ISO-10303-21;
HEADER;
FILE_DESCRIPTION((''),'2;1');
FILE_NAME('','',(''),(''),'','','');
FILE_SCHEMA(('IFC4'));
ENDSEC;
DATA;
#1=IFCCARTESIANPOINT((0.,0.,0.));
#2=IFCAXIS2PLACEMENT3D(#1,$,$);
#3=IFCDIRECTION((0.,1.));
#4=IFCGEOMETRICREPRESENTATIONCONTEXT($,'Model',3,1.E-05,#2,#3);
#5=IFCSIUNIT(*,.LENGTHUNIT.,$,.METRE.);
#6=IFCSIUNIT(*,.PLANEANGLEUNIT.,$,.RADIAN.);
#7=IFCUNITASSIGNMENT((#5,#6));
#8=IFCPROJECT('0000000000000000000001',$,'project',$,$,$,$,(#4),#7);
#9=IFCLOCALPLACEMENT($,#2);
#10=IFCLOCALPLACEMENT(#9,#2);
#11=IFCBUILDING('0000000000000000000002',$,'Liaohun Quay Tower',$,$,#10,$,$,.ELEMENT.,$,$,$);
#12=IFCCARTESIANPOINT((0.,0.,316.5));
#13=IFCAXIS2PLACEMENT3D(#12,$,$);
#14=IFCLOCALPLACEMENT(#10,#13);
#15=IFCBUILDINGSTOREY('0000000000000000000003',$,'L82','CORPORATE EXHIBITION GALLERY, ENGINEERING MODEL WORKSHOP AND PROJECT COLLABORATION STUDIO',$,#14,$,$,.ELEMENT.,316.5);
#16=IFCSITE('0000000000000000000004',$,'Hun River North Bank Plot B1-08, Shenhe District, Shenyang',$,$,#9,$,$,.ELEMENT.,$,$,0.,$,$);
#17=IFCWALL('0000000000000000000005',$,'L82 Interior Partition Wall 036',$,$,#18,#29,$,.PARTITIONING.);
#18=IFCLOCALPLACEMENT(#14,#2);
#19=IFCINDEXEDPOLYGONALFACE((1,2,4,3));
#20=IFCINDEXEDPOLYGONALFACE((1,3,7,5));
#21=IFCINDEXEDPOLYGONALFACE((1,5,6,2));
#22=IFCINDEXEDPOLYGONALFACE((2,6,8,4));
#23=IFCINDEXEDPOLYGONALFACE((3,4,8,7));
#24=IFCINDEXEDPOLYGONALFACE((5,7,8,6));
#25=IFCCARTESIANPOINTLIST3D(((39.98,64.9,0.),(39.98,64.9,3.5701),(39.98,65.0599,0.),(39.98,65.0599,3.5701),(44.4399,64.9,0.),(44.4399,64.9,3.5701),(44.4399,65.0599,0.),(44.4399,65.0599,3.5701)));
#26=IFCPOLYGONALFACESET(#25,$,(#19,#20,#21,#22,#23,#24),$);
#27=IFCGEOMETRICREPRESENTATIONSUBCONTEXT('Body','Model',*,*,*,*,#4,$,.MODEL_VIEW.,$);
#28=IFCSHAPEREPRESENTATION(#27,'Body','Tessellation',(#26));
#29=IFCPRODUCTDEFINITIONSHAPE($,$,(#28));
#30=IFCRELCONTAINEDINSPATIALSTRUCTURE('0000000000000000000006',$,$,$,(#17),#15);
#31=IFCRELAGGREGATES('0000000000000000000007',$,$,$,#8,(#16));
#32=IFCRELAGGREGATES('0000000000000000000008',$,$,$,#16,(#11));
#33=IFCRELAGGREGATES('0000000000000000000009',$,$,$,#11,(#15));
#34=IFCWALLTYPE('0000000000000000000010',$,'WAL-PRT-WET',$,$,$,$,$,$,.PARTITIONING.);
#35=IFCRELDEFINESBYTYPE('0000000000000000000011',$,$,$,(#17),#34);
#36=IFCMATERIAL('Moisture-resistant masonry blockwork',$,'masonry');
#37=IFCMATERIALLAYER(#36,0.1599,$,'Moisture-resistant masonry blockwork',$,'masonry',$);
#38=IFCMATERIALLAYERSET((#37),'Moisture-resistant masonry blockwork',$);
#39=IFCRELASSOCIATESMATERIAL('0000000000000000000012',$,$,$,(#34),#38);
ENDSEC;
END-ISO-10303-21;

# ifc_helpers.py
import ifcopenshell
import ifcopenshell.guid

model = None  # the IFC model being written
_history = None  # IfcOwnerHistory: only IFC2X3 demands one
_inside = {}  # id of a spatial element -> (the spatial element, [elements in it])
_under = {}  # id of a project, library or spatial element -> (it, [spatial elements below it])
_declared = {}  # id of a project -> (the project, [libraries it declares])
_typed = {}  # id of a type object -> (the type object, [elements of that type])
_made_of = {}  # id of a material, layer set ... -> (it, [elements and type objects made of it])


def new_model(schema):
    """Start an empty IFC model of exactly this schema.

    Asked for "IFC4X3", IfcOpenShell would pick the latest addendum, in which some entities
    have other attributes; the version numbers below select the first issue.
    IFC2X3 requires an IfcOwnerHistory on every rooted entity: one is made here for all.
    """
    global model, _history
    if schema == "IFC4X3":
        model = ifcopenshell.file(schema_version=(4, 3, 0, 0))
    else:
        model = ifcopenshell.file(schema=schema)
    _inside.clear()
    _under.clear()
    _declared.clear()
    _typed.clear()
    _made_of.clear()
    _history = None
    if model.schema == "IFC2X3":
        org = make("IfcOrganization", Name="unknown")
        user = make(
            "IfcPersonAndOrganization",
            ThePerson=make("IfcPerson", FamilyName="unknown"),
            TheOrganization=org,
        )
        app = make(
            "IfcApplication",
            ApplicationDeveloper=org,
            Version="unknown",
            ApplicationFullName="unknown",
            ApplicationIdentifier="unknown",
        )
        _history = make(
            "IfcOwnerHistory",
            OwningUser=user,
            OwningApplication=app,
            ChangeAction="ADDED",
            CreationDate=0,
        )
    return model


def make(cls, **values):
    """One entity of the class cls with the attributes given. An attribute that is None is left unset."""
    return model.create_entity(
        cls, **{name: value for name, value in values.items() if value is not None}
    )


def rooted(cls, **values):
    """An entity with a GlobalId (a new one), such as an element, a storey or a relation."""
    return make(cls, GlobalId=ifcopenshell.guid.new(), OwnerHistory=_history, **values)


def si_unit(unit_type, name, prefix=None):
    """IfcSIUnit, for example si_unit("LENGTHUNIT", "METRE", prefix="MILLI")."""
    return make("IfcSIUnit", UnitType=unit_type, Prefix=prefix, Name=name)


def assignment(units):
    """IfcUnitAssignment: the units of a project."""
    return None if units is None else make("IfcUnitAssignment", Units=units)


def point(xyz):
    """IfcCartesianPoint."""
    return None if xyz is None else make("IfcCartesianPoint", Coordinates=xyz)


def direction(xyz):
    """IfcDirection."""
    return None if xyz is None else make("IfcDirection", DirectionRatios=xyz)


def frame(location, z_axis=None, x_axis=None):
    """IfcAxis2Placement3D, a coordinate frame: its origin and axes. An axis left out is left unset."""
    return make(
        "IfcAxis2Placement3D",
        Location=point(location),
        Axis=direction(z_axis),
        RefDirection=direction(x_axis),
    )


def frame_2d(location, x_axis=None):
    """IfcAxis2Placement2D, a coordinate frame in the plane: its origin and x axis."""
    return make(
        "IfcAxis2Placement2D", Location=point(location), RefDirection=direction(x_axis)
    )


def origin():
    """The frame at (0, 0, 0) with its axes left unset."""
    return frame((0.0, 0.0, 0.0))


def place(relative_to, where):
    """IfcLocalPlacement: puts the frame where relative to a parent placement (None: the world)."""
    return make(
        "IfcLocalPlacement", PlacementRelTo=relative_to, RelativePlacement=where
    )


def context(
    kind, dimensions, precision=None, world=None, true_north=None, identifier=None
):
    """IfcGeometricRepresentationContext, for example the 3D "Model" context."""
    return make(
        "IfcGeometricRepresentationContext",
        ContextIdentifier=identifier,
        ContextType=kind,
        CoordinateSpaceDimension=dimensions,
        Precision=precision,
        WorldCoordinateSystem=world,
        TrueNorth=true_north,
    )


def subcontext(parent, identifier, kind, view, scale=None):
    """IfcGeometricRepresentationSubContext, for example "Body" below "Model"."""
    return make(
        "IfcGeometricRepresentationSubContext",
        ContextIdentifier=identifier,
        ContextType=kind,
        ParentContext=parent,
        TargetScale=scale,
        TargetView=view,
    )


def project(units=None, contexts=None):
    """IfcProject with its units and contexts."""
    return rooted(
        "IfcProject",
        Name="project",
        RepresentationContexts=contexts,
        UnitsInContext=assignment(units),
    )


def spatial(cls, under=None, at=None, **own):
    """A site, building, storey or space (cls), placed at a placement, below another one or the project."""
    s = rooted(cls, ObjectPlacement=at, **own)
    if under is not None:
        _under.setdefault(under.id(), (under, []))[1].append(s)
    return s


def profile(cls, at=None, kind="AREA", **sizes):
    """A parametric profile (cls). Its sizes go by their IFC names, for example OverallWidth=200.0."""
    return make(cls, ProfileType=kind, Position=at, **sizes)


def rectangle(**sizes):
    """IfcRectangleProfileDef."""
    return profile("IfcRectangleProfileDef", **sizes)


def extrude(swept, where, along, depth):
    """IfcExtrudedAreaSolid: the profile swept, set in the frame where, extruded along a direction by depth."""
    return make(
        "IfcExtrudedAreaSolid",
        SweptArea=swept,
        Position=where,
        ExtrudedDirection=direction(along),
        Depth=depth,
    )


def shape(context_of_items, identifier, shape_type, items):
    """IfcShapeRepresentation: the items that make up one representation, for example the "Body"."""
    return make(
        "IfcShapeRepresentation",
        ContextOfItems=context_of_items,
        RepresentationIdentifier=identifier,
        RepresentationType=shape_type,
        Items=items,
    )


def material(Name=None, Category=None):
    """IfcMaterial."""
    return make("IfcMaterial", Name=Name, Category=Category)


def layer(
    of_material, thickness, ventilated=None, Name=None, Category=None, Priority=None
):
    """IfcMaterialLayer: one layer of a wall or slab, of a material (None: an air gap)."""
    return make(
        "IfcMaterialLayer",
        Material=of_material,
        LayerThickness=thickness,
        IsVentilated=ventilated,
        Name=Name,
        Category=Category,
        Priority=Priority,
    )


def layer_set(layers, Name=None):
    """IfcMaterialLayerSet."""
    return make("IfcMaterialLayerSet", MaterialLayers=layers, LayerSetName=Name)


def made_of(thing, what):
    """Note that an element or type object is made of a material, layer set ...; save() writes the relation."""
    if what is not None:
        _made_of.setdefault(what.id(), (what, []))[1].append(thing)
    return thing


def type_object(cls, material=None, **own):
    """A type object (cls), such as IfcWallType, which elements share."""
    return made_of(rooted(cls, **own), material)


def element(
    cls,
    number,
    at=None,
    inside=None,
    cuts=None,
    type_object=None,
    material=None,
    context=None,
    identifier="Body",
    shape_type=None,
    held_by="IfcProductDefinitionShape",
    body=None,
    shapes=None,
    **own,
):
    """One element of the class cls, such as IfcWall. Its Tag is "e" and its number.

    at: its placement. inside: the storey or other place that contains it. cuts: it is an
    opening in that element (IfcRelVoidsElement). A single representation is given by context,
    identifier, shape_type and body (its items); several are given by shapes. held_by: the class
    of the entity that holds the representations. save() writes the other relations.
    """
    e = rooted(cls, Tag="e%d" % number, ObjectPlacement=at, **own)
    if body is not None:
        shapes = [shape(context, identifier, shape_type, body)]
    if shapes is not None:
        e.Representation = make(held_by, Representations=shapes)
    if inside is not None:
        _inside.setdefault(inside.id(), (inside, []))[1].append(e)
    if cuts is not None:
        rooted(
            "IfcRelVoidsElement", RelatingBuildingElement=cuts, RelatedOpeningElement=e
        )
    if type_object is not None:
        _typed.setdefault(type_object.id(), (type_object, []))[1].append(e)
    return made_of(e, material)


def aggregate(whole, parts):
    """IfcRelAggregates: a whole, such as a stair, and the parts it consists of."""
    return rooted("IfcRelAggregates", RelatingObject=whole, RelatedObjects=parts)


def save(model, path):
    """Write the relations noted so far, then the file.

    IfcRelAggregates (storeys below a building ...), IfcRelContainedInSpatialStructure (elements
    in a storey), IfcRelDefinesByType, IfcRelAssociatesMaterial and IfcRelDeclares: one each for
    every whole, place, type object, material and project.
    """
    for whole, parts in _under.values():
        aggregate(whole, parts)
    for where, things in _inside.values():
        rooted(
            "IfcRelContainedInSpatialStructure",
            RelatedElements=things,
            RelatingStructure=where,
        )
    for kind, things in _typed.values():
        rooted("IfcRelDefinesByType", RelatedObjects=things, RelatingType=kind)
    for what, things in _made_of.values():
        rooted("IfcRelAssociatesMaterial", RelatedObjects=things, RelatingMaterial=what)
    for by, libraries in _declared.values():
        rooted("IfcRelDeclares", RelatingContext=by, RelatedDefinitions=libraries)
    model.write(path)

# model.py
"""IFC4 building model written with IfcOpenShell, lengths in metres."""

from ifc_helpers import new_model, si_unit, direction, frame, frame_2d, origin, place, context, subcontext, project, spatial, rectangle, extrude, material, layer, layer_set, type_object, element, save


model = new_model("IFC4")

# Units and contexts
model_context = context("Model", 3, precision=1e-05, world=origin(), true_north=direction((0.0, 1.0)))
body_context = subcontext(model_context, "Body", "Model", "MODEL_VIEW")
ifc_project = project(units=[si_unit("LENGTHUNIT", "METRE"), si_unit("PLANEANGLEUNIT", "RADIAN")], contexts=[model_context])

# Site, building, storey
site_placement = place(None, origin())
site = spatial("IfcSite", under=ifc_project, at=site_placement, Name="Hun River North Bank Plot B1-08, Shenhe District, Shenyang", CompositionType="ELEMENT", RefElevation=0.0)
building_placement = place(site_placement, origin())
building = spatial("IfcBuilding", under=site, at=building_placement, Name="Liaohun Quay Tower", CompositionType="ELEMENT")
storey_placement = place(building_placement, frame((0.0, 0.0, 316.5)))
storey = spatial("IfcBuildingStorey", under=building, at=storey_placement, Name="L82", Description="CORPORATE EXHIBITION GALLERY, ENGINEERING MODEL WORKSHOP AND PROJECT COLLABORATION STUDIO", CompositionType="ELEMENT", Elevation=316.5)

# Shared definitions
ifc_material_1 = material(Name="Moisture-resistant masonry blockwork", Category="masonry")
ifc_layer_1 = layer(ifc_material_1, 0.1599, Name="Moisture-resistant masonry blockwork", Category="masonry")
ifc_layer_set_1 = layer_set([ifc_layer_1], Name="Moisture-resistant masonry blockwork")
wall_type_1 = type_object("IfcWallType", Name="WAL-PRT-WET", PredefinedType="PARTITIONING", material=ifc_layer_set_1)

# Wall
for number, where, z_axis, x_axis, name in (
    (1, (39.98, 64.98, 0.0), (0.0, 0.0, 1.0), (1.0, 0.0, 0.0), "L82 Interior Partition Wall 036"),
):
    element("IfcWall", number, at=place(storey_placement, frame(where, z_axis=z_axis, x_axis=x_axis)), inside=storey, type_object=wall_type_1, Name=name, PredefinedType="PARTITIONING", context=body_context, shape_type="SweptSolid", body=[
        extrude(rectangle(XDim=4.46, YDim=0.1599, at=frame_2d((2.23, 0.0))), origin(), (0.0, 0.0, 1.0), 3.5701),
    ])

save(model, "model.ifc")
